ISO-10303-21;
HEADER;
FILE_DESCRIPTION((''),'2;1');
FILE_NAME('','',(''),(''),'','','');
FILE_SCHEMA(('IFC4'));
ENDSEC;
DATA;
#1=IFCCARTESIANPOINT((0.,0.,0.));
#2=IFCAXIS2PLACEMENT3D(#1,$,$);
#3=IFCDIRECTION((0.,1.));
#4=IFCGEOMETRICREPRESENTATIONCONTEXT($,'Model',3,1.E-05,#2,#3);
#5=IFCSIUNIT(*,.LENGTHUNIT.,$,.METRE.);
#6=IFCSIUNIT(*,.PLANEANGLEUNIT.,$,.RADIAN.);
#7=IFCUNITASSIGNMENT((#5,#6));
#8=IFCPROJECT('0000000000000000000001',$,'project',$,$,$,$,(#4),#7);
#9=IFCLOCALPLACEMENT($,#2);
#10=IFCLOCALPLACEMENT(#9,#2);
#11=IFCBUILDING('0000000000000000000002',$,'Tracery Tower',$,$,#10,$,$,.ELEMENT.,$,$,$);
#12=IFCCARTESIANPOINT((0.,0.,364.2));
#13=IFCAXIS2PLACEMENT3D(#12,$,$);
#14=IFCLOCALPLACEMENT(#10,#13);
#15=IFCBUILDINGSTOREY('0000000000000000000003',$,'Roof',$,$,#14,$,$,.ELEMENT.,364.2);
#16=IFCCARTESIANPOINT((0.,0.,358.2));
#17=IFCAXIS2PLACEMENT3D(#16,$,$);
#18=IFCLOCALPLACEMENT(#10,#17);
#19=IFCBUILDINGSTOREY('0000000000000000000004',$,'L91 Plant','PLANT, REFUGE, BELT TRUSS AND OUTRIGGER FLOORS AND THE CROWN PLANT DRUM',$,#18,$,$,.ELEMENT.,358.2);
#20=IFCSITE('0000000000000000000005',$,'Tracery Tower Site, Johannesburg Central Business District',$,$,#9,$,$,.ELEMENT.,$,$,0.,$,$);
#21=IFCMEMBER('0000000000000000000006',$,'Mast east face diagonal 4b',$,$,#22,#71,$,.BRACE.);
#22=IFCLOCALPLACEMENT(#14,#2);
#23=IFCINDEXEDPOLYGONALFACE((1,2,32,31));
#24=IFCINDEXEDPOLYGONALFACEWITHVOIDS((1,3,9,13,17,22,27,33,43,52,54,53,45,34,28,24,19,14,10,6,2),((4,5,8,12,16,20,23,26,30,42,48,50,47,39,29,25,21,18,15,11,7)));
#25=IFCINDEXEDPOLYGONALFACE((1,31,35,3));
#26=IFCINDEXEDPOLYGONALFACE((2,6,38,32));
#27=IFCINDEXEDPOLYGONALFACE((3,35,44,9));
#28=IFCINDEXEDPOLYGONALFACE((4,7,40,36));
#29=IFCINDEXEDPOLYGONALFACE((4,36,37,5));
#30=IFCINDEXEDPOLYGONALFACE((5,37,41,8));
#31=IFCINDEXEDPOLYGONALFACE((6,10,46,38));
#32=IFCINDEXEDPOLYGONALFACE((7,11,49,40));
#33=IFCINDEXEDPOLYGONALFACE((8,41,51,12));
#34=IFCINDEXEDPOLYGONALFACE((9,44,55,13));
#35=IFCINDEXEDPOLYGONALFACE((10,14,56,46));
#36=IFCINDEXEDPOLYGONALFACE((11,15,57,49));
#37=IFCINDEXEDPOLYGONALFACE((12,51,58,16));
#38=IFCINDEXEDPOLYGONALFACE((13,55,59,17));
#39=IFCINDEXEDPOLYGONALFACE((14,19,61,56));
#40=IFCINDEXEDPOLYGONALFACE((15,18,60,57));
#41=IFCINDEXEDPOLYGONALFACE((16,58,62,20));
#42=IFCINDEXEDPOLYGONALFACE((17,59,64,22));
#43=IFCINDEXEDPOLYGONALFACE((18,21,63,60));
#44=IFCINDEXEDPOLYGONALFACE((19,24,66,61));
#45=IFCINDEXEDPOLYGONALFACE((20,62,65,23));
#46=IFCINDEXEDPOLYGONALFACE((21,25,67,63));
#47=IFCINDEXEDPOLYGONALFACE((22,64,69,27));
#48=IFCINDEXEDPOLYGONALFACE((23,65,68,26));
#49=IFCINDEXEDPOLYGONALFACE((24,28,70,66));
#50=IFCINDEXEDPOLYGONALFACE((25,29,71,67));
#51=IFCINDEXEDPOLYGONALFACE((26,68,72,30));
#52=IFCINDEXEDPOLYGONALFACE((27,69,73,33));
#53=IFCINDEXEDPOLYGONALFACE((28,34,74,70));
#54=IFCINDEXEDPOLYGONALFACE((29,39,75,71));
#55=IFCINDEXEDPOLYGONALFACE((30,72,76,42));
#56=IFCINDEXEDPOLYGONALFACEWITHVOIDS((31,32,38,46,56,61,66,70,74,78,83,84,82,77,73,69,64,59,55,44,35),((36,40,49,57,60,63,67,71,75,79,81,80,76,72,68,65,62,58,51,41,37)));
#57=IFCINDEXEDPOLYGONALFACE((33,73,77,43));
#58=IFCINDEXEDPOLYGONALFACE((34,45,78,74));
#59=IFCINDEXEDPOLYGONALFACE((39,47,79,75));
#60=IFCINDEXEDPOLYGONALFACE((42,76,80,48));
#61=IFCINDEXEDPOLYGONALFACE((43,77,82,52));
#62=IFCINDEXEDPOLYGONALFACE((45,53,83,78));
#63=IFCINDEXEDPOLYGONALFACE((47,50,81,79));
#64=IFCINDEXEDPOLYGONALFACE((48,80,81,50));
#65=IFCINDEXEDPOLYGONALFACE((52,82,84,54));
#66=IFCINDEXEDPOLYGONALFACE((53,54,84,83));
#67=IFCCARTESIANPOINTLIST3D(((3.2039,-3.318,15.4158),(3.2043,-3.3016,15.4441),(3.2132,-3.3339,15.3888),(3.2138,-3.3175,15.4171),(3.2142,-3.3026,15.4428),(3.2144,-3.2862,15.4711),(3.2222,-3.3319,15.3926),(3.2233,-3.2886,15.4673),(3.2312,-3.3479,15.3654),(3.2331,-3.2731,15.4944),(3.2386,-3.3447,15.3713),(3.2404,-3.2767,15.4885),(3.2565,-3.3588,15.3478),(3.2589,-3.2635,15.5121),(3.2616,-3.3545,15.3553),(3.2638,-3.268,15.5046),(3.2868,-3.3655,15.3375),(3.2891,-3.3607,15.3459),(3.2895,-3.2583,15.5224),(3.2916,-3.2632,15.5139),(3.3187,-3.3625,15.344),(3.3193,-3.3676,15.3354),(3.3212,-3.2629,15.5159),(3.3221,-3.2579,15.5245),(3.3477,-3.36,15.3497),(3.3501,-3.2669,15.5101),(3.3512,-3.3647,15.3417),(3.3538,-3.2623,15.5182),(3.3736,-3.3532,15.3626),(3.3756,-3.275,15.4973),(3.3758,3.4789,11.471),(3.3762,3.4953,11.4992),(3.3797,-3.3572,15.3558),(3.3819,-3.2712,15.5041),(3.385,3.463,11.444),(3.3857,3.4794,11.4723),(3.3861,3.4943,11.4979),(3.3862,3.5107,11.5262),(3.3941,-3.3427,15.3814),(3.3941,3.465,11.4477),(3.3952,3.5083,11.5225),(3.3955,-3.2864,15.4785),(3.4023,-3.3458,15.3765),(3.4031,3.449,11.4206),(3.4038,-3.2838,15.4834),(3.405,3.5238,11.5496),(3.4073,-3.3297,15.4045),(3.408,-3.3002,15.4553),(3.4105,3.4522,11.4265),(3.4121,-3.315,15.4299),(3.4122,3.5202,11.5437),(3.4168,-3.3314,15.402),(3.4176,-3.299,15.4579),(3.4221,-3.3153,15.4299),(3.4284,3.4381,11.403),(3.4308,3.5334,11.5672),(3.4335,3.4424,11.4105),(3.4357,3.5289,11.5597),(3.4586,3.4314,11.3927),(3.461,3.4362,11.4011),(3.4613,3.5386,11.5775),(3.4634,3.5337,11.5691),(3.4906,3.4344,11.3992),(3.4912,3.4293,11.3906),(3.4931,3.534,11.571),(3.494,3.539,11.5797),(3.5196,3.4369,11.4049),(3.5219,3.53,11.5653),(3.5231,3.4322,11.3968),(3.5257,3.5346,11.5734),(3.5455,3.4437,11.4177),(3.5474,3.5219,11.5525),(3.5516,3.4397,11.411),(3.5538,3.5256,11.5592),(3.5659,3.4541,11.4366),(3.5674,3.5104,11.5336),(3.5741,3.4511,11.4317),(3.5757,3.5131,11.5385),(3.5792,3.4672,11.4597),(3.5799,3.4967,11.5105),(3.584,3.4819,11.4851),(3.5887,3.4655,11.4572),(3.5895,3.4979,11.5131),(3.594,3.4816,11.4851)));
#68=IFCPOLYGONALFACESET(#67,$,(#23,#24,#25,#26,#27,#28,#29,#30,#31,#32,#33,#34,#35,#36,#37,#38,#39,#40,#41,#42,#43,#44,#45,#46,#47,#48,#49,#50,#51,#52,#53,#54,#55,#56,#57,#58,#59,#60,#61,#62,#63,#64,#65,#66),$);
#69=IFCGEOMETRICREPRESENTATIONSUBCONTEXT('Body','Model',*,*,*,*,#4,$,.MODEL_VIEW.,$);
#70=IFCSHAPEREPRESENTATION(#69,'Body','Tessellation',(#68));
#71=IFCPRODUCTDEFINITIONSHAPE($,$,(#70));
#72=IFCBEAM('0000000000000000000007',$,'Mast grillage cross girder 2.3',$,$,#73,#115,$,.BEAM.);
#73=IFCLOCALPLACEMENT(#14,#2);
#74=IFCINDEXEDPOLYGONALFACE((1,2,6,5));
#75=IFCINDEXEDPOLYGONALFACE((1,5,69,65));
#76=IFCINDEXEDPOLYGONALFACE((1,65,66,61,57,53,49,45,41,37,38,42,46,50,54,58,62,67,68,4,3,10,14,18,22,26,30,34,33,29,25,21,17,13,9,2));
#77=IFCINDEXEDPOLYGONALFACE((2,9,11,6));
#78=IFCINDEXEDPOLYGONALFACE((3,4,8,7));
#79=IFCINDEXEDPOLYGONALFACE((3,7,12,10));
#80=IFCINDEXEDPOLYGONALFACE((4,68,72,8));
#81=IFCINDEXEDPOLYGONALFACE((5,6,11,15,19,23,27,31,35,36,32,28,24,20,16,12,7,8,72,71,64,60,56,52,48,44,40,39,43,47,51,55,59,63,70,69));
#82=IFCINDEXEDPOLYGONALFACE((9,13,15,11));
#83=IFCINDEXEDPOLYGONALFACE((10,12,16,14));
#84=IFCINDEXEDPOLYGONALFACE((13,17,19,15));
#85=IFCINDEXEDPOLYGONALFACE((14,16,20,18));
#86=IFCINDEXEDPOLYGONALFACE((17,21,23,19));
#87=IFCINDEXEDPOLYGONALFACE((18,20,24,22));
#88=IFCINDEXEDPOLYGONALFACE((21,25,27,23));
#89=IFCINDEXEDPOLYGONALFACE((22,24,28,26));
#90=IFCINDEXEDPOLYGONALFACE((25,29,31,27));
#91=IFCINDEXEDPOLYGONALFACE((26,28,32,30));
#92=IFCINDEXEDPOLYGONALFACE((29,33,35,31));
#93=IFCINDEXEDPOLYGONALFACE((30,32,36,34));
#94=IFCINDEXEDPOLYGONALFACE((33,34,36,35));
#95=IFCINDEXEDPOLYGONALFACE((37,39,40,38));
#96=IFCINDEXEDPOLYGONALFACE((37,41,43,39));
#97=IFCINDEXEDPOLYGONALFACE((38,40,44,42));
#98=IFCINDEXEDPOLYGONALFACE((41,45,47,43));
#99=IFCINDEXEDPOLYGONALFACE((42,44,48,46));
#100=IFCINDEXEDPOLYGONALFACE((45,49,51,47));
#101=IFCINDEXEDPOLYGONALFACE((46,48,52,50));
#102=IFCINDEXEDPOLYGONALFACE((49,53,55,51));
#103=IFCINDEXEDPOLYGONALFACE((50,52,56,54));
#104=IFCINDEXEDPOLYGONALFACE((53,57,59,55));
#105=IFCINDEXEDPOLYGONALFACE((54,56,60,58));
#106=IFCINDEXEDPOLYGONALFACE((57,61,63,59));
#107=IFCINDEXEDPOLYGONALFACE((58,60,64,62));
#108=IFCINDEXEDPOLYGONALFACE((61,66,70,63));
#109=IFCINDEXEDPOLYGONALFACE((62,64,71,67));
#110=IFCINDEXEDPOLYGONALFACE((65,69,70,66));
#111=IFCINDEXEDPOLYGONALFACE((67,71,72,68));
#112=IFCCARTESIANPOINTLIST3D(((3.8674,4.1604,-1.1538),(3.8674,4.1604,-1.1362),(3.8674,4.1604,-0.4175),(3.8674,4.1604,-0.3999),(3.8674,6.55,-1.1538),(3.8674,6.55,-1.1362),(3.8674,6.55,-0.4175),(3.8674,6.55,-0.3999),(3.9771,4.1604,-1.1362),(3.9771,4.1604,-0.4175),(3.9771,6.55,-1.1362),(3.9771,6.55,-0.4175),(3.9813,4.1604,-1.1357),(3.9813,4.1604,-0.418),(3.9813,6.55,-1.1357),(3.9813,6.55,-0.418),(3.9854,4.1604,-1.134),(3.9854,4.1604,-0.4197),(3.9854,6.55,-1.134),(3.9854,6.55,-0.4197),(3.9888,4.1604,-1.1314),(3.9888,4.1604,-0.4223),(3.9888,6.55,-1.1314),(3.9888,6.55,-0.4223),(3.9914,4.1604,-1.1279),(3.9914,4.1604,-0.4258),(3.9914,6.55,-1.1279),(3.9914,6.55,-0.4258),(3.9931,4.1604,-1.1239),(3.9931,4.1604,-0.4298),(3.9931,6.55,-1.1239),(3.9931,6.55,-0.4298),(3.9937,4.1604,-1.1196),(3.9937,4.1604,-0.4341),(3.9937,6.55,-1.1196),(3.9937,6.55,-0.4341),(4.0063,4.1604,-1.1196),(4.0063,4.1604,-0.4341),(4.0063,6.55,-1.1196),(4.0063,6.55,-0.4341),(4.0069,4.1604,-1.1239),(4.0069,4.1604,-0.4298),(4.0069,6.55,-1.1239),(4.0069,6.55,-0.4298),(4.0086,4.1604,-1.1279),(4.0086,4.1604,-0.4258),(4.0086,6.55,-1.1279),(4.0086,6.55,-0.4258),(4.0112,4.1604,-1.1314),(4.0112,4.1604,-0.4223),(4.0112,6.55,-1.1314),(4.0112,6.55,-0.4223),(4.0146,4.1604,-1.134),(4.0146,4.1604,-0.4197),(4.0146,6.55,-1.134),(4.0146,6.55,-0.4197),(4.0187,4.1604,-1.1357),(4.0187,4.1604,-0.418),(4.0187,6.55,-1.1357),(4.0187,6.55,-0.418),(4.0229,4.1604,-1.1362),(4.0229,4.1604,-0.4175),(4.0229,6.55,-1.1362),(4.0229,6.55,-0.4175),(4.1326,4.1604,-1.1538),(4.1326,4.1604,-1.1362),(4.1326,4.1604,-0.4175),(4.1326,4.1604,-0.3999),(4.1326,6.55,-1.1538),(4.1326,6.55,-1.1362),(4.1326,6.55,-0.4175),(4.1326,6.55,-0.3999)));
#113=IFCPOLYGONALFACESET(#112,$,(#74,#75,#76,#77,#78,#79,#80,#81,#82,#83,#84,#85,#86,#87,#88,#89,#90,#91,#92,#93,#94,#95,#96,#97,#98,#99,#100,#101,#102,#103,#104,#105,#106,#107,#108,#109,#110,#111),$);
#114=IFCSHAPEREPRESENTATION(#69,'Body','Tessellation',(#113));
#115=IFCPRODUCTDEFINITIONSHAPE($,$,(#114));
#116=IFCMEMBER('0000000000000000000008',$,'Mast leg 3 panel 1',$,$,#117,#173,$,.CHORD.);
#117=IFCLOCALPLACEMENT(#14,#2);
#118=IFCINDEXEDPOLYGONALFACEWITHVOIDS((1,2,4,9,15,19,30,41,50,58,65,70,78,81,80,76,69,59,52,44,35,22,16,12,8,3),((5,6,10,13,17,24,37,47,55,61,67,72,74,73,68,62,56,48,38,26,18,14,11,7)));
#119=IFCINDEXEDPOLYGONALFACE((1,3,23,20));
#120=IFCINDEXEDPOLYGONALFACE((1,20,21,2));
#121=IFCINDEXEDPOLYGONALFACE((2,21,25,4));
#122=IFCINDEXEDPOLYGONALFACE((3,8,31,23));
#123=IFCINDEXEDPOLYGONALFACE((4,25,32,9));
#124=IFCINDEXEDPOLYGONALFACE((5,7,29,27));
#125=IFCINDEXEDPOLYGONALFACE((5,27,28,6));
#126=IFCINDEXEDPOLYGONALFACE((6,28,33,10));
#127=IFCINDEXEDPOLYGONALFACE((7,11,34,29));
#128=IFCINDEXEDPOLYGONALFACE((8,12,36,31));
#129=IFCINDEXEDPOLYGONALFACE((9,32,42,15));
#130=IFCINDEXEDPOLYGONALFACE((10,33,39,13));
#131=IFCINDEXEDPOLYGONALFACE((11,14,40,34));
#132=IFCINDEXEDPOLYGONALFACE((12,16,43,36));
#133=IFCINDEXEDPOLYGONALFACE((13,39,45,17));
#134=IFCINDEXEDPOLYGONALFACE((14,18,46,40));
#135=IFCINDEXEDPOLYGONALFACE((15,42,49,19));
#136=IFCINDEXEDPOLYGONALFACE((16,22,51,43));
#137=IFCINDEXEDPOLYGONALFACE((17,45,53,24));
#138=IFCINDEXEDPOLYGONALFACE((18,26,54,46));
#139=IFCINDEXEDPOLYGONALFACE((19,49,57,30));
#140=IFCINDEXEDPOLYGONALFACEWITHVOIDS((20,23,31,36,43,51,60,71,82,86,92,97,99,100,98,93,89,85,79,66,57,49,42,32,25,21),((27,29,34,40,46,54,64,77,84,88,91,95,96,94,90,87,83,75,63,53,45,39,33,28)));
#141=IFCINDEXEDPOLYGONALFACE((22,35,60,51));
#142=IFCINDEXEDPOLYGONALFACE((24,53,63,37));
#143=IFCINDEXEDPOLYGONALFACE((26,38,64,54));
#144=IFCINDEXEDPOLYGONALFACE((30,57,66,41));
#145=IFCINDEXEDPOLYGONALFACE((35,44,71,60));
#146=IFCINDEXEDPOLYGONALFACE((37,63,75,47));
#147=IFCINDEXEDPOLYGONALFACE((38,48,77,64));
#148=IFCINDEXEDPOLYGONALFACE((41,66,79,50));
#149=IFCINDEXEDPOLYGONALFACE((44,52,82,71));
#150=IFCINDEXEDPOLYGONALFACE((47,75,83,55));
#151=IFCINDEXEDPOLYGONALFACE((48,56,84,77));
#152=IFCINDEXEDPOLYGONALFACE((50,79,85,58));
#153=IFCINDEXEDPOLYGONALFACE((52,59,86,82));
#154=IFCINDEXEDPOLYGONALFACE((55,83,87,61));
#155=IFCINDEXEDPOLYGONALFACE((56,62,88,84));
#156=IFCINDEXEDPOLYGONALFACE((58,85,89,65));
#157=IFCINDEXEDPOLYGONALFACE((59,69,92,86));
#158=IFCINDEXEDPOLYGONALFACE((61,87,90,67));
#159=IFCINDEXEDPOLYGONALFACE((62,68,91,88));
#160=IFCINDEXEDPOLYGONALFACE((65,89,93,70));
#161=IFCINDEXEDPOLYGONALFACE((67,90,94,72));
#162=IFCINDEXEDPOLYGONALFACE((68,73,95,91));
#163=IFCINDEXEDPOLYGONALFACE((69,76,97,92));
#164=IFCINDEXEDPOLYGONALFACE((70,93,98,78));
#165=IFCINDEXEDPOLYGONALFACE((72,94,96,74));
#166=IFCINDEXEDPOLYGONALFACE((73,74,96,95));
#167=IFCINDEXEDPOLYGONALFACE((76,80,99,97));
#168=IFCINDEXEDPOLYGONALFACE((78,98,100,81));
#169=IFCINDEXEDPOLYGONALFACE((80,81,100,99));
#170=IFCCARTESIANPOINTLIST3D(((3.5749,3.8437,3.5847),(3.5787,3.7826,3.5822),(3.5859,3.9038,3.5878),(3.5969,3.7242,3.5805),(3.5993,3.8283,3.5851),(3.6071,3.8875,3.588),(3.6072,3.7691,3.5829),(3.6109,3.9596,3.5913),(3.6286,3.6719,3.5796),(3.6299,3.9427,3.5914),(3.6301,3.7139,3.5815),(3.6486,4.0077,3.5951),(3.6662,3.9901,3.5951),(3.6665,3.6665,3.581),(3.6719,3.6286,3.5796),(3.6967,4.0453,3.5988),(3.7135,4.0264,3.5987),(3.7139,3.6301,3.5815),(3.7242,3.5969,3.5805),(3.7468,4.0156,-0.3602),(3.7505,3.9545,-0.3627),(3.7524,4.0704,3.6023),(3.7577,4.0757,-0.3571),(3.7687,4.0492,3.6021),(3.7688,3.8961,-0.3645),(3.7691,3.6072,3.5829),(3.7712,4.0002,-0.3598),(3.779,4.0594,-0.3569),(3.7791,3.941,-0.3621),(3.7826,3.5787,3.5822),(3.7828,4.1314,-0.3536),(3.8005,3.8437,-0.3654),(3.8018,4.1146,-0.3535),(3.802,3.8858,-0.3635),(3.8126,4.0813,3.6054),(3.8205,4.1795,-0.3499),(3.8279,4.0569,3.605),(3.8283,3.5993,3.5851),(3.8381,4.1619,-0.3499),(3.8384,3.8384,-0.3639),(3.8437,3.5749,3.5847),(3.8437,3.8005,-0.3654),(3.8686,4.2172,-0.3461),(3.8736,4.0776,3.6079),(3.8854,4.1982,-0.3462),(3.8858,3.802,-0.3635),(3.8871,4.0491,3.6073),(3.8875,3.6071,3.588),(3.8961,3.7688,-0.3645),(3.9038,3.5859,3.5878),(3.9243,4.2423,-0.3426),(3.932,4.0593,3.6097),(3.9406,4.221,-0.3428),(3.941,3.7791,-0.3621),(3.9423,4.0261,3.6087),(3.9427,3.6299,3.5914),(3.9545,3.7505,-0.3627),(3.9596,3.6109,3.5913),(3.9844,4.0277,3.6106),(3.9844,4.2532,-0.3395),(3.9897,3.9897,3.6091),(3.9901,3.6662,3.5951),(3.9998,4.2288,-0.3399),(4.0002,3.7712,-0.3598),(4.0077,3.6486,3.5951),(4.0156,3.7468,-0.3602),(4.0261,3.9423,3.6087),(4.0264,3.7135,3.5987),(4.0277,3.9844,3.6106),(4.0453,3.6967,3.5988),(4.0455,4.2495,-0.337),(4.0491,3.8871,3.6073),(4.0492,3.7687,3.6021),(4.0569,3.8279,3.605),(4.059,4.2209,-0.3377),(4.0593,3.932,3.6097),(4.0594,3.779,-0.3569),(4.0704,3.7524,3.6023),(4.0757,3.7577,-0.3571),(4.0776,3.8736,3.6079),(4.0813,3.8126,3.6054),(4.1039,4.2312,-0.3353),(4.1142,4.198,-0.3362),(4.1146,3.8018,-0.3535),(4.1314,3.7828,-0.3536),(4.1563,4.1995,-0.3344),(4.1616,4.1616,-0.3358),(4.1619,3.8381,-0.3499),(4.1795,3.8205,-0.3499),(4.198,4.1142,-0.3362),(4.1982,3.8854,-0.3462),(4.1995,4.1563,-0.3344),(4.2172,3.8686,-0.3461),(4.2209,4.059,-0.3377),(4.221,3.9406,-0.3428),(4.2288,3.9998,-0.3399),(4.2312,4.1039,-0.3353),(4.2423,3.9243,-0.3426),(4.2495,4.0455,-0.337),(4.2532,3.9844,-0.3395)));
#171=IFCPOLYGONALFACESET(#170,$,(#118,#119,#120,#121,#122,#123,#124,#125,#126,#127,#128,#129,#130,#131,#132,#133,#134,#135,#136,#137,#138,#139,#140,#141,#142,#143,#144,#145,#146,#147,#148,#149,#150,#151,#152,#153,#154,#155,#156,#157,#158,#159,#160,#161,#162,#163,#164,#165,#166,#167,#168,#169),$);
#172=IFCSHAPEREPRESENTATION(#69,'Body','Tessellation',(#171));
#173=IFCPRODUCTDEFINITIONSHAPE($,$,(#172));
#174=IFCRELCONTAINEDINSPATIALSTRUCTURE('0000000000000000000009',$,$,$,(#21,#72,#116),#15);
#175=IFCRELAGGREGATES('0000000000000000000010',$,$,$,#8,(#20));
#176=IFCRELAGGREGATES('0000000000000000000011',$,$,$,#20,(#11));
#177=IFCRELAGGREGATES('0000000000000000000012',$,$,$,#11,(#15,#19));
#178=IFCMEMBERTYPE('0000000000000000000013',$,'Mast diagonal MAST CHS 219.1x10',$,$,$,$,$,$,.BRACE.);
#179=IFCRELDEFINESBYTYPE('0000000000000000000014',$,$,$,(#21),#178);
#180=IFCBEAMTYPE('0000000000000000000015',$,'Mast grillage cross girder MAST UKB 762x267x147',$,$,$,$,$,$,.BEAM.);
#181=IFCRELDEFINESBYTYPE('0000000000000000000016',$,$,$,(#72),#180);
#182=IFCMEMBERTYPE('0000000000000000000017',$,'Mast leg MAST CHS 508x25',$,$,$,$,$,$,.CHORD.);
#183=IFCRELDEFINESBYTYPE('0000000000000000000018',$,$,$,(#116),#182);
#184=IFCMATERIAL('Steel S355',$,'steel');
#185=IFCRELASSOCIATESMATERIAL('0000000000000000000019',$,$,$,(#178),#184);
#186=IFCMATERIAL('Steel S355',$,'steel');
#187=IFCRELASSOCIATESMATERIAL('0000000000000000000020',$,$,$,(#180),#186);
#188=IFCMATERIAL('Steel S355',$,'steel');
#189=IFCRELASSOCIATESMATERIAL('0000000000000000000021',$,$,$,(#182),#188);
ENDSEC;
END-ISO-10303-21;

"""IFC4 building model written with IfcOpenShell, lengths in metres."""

from ifc_helpers import new_model, si_unit, direction, frame, origin, origin_2d, place, context, subcontext, project, spatial, hollow_circle, i_section, extrude, material, material_profile, profile_set, type_object, element, save


model = new_model("IFC4")

# Units and contexts
model_context = context("Model", 3, precision=1e-05, world=origin(), true_north=direction((0.0, 1.0)))
body_context = subcontext(model_context, "Body", "Model", "MODEL_VIEW")
ifc_project = project(units=[si_unit("LENGTHUNIT", "METRE"), si_unit("PLANEANGLEUNIT", "RADIAN")], contexts=[model_context])

# Site, building, storey
site_placement = place(None, origin())
site = spatial("IfcSite", under=ifc_project, at=site_placement, Name="Tracery Tower Site, Johannesburg Central Business District", CompositionType="ELEMENT", RefElevation=0.0)
building_placement = place(site_placement, origin())
building = spatial("IfcBuilding", under=site, at=building_placement, Name="Tracery Tower", CompositionType="ELEMENT")
storey_1_placement = place(building_placement, frame((0.0, 0.0, 364.2)))
storey_1 = spatial("IfcBuildingStorey", under=building, at=storey_1_placement, Name="Roof", CompositionType="ELEMENT", Elevation=364.2)

# Member
ifc_material_1 = material(Name="Steel S355", Category="steel")
ifc_material_profile_1 = material_profile(ifc_material_1, hollow_circle(Radius=0.1096, WallThickness=0.01, at=origin_2d()), Name="CHS 219.1x10")
ifc_profile_set_1 = profile_set([ifc_material_profile_1], Name="Steel S355")
member_type_1 = type_object("IfcMemberType", Name="Mast diagonal MAST CHS 219.1x10", PredefinedType="BRACE", material=ifc_profile_set_1)
member_1_placement = place(storey_1_placement, frame((3.4844, 3.4844, 11.4851), z_axis=(-0.021865, -0.864679, 0.501849), x_axis=(0.99968, -0.025279, 0.0)))
element("IfcMember", 1, at=member_1_placement, inside=storey_1, type_object=member_type_1, Name="Mast east face diagonal 4b", PredefinedType="BRACE", context=body_context, shape_type="SweptSolid", body=[
    extrude(hollow_circle(Radius=0.1096, WallThickness=0.01, at=origin_2d()), origin(), (0.0, 0.0, 1.0), 7.8606),
])

# Beam
ifc_material_2 = material(Name="Steel S355", Category="steel")
ifc_material_profile_2 = material_profile(ifc_material_2, i_section(OverallWidth=0.2651, OverallDepth=0.7539, WebThickness=0.0127, FlangeThickness=0.0176, FilletRadius=0.0166, at=origin_2d()), Name="UKB 762x267x147")
ifc_profile_set_2 = profile_set([ifc_material_profile_2], Name="Steel S355")
beam_type_1 = type_object("IfcBeamType", Name="Mast grillage cross girder MAST UKB 762x267x147", PredefinedType="BEAM", material=ifc_profile_set_2)
beam_1_placement = place(storey_1_placement, frame((4.0, 4.1604, -0.7769), z_axis=(0.0, 1.0, 0.0), x_axis=(-1.0, 0.0, 0.0)))
element("IfcBeam", 2, at=beam_1_placement, inside=storey_1, type_object=beam_type_1, Name="Mast grillage cross girder 2.3", PredefinedType="BEAM", context=body_context, shape_type="SweptSolid", body=[
    extrude(i_section(OverallWidth=0.2651, OverallDepth=0.7539, WebThickness=0.0127, FlangeThickness=0.0176, FilletRadius=0.0166, at=origin_2d()), origin(), (0.0, 0.0, 1.0), 2.3896),
])

# Member
ifc_material_3 = material(Name="Steel S355", Category="steel")
ifc_material_profile_3 = material_profile(ifc_material_3, hollow_circle(Radius=0.2539, WallThickness=0.0249, at=origin_2d()), Name="CHS 508x25")
ifc_profile_set_3 = profile_set([ifc_material_profile_3], Name="Steel S355")
member_type_2 = type_object("IfcMemberType", Name="Mast leg MAST CHS 508x25", PredefinedType="CHORD", material=ifc_profile_set_3)
member_2_placement = place(storey_1_placement, frame((4.0, 4.0, -0.3499), z_axis=(-0.043487, -0.043487, 0.998107), x_axis=(0.707107, -0.707107, 0.0)))
element("IfcMember", 3, at=member_2_placement, inside=storey_1, type_object=member_type_2, Name="Mast leg 3 panel 1", PredefinedType="CHORD", context=body_context, shape_type="SweptSolid", body=[
    extrude(hollow_circle(Radius=0.2539, WallThickness=0.0249, at=origin_2d()), origin(), (0.0, 0.0, 1.0), 3.9524),
])

# Shared definitions
storey_2_placement = place(building_placement, frame((0.0, 0.0, 358.2)))
storey_2 = spatial("IfcBuildingStorey", under=building, at=storey_2_placement, Name="L91 Plant", Description="PLANT, REFUGE, BELT TRUSS AND OUTRIGGER FLOORS AND THE CROWN PLANT DRUM", CompositionType="ELEMENT", Elevation=358.2)

save(model, "model.ifc")
